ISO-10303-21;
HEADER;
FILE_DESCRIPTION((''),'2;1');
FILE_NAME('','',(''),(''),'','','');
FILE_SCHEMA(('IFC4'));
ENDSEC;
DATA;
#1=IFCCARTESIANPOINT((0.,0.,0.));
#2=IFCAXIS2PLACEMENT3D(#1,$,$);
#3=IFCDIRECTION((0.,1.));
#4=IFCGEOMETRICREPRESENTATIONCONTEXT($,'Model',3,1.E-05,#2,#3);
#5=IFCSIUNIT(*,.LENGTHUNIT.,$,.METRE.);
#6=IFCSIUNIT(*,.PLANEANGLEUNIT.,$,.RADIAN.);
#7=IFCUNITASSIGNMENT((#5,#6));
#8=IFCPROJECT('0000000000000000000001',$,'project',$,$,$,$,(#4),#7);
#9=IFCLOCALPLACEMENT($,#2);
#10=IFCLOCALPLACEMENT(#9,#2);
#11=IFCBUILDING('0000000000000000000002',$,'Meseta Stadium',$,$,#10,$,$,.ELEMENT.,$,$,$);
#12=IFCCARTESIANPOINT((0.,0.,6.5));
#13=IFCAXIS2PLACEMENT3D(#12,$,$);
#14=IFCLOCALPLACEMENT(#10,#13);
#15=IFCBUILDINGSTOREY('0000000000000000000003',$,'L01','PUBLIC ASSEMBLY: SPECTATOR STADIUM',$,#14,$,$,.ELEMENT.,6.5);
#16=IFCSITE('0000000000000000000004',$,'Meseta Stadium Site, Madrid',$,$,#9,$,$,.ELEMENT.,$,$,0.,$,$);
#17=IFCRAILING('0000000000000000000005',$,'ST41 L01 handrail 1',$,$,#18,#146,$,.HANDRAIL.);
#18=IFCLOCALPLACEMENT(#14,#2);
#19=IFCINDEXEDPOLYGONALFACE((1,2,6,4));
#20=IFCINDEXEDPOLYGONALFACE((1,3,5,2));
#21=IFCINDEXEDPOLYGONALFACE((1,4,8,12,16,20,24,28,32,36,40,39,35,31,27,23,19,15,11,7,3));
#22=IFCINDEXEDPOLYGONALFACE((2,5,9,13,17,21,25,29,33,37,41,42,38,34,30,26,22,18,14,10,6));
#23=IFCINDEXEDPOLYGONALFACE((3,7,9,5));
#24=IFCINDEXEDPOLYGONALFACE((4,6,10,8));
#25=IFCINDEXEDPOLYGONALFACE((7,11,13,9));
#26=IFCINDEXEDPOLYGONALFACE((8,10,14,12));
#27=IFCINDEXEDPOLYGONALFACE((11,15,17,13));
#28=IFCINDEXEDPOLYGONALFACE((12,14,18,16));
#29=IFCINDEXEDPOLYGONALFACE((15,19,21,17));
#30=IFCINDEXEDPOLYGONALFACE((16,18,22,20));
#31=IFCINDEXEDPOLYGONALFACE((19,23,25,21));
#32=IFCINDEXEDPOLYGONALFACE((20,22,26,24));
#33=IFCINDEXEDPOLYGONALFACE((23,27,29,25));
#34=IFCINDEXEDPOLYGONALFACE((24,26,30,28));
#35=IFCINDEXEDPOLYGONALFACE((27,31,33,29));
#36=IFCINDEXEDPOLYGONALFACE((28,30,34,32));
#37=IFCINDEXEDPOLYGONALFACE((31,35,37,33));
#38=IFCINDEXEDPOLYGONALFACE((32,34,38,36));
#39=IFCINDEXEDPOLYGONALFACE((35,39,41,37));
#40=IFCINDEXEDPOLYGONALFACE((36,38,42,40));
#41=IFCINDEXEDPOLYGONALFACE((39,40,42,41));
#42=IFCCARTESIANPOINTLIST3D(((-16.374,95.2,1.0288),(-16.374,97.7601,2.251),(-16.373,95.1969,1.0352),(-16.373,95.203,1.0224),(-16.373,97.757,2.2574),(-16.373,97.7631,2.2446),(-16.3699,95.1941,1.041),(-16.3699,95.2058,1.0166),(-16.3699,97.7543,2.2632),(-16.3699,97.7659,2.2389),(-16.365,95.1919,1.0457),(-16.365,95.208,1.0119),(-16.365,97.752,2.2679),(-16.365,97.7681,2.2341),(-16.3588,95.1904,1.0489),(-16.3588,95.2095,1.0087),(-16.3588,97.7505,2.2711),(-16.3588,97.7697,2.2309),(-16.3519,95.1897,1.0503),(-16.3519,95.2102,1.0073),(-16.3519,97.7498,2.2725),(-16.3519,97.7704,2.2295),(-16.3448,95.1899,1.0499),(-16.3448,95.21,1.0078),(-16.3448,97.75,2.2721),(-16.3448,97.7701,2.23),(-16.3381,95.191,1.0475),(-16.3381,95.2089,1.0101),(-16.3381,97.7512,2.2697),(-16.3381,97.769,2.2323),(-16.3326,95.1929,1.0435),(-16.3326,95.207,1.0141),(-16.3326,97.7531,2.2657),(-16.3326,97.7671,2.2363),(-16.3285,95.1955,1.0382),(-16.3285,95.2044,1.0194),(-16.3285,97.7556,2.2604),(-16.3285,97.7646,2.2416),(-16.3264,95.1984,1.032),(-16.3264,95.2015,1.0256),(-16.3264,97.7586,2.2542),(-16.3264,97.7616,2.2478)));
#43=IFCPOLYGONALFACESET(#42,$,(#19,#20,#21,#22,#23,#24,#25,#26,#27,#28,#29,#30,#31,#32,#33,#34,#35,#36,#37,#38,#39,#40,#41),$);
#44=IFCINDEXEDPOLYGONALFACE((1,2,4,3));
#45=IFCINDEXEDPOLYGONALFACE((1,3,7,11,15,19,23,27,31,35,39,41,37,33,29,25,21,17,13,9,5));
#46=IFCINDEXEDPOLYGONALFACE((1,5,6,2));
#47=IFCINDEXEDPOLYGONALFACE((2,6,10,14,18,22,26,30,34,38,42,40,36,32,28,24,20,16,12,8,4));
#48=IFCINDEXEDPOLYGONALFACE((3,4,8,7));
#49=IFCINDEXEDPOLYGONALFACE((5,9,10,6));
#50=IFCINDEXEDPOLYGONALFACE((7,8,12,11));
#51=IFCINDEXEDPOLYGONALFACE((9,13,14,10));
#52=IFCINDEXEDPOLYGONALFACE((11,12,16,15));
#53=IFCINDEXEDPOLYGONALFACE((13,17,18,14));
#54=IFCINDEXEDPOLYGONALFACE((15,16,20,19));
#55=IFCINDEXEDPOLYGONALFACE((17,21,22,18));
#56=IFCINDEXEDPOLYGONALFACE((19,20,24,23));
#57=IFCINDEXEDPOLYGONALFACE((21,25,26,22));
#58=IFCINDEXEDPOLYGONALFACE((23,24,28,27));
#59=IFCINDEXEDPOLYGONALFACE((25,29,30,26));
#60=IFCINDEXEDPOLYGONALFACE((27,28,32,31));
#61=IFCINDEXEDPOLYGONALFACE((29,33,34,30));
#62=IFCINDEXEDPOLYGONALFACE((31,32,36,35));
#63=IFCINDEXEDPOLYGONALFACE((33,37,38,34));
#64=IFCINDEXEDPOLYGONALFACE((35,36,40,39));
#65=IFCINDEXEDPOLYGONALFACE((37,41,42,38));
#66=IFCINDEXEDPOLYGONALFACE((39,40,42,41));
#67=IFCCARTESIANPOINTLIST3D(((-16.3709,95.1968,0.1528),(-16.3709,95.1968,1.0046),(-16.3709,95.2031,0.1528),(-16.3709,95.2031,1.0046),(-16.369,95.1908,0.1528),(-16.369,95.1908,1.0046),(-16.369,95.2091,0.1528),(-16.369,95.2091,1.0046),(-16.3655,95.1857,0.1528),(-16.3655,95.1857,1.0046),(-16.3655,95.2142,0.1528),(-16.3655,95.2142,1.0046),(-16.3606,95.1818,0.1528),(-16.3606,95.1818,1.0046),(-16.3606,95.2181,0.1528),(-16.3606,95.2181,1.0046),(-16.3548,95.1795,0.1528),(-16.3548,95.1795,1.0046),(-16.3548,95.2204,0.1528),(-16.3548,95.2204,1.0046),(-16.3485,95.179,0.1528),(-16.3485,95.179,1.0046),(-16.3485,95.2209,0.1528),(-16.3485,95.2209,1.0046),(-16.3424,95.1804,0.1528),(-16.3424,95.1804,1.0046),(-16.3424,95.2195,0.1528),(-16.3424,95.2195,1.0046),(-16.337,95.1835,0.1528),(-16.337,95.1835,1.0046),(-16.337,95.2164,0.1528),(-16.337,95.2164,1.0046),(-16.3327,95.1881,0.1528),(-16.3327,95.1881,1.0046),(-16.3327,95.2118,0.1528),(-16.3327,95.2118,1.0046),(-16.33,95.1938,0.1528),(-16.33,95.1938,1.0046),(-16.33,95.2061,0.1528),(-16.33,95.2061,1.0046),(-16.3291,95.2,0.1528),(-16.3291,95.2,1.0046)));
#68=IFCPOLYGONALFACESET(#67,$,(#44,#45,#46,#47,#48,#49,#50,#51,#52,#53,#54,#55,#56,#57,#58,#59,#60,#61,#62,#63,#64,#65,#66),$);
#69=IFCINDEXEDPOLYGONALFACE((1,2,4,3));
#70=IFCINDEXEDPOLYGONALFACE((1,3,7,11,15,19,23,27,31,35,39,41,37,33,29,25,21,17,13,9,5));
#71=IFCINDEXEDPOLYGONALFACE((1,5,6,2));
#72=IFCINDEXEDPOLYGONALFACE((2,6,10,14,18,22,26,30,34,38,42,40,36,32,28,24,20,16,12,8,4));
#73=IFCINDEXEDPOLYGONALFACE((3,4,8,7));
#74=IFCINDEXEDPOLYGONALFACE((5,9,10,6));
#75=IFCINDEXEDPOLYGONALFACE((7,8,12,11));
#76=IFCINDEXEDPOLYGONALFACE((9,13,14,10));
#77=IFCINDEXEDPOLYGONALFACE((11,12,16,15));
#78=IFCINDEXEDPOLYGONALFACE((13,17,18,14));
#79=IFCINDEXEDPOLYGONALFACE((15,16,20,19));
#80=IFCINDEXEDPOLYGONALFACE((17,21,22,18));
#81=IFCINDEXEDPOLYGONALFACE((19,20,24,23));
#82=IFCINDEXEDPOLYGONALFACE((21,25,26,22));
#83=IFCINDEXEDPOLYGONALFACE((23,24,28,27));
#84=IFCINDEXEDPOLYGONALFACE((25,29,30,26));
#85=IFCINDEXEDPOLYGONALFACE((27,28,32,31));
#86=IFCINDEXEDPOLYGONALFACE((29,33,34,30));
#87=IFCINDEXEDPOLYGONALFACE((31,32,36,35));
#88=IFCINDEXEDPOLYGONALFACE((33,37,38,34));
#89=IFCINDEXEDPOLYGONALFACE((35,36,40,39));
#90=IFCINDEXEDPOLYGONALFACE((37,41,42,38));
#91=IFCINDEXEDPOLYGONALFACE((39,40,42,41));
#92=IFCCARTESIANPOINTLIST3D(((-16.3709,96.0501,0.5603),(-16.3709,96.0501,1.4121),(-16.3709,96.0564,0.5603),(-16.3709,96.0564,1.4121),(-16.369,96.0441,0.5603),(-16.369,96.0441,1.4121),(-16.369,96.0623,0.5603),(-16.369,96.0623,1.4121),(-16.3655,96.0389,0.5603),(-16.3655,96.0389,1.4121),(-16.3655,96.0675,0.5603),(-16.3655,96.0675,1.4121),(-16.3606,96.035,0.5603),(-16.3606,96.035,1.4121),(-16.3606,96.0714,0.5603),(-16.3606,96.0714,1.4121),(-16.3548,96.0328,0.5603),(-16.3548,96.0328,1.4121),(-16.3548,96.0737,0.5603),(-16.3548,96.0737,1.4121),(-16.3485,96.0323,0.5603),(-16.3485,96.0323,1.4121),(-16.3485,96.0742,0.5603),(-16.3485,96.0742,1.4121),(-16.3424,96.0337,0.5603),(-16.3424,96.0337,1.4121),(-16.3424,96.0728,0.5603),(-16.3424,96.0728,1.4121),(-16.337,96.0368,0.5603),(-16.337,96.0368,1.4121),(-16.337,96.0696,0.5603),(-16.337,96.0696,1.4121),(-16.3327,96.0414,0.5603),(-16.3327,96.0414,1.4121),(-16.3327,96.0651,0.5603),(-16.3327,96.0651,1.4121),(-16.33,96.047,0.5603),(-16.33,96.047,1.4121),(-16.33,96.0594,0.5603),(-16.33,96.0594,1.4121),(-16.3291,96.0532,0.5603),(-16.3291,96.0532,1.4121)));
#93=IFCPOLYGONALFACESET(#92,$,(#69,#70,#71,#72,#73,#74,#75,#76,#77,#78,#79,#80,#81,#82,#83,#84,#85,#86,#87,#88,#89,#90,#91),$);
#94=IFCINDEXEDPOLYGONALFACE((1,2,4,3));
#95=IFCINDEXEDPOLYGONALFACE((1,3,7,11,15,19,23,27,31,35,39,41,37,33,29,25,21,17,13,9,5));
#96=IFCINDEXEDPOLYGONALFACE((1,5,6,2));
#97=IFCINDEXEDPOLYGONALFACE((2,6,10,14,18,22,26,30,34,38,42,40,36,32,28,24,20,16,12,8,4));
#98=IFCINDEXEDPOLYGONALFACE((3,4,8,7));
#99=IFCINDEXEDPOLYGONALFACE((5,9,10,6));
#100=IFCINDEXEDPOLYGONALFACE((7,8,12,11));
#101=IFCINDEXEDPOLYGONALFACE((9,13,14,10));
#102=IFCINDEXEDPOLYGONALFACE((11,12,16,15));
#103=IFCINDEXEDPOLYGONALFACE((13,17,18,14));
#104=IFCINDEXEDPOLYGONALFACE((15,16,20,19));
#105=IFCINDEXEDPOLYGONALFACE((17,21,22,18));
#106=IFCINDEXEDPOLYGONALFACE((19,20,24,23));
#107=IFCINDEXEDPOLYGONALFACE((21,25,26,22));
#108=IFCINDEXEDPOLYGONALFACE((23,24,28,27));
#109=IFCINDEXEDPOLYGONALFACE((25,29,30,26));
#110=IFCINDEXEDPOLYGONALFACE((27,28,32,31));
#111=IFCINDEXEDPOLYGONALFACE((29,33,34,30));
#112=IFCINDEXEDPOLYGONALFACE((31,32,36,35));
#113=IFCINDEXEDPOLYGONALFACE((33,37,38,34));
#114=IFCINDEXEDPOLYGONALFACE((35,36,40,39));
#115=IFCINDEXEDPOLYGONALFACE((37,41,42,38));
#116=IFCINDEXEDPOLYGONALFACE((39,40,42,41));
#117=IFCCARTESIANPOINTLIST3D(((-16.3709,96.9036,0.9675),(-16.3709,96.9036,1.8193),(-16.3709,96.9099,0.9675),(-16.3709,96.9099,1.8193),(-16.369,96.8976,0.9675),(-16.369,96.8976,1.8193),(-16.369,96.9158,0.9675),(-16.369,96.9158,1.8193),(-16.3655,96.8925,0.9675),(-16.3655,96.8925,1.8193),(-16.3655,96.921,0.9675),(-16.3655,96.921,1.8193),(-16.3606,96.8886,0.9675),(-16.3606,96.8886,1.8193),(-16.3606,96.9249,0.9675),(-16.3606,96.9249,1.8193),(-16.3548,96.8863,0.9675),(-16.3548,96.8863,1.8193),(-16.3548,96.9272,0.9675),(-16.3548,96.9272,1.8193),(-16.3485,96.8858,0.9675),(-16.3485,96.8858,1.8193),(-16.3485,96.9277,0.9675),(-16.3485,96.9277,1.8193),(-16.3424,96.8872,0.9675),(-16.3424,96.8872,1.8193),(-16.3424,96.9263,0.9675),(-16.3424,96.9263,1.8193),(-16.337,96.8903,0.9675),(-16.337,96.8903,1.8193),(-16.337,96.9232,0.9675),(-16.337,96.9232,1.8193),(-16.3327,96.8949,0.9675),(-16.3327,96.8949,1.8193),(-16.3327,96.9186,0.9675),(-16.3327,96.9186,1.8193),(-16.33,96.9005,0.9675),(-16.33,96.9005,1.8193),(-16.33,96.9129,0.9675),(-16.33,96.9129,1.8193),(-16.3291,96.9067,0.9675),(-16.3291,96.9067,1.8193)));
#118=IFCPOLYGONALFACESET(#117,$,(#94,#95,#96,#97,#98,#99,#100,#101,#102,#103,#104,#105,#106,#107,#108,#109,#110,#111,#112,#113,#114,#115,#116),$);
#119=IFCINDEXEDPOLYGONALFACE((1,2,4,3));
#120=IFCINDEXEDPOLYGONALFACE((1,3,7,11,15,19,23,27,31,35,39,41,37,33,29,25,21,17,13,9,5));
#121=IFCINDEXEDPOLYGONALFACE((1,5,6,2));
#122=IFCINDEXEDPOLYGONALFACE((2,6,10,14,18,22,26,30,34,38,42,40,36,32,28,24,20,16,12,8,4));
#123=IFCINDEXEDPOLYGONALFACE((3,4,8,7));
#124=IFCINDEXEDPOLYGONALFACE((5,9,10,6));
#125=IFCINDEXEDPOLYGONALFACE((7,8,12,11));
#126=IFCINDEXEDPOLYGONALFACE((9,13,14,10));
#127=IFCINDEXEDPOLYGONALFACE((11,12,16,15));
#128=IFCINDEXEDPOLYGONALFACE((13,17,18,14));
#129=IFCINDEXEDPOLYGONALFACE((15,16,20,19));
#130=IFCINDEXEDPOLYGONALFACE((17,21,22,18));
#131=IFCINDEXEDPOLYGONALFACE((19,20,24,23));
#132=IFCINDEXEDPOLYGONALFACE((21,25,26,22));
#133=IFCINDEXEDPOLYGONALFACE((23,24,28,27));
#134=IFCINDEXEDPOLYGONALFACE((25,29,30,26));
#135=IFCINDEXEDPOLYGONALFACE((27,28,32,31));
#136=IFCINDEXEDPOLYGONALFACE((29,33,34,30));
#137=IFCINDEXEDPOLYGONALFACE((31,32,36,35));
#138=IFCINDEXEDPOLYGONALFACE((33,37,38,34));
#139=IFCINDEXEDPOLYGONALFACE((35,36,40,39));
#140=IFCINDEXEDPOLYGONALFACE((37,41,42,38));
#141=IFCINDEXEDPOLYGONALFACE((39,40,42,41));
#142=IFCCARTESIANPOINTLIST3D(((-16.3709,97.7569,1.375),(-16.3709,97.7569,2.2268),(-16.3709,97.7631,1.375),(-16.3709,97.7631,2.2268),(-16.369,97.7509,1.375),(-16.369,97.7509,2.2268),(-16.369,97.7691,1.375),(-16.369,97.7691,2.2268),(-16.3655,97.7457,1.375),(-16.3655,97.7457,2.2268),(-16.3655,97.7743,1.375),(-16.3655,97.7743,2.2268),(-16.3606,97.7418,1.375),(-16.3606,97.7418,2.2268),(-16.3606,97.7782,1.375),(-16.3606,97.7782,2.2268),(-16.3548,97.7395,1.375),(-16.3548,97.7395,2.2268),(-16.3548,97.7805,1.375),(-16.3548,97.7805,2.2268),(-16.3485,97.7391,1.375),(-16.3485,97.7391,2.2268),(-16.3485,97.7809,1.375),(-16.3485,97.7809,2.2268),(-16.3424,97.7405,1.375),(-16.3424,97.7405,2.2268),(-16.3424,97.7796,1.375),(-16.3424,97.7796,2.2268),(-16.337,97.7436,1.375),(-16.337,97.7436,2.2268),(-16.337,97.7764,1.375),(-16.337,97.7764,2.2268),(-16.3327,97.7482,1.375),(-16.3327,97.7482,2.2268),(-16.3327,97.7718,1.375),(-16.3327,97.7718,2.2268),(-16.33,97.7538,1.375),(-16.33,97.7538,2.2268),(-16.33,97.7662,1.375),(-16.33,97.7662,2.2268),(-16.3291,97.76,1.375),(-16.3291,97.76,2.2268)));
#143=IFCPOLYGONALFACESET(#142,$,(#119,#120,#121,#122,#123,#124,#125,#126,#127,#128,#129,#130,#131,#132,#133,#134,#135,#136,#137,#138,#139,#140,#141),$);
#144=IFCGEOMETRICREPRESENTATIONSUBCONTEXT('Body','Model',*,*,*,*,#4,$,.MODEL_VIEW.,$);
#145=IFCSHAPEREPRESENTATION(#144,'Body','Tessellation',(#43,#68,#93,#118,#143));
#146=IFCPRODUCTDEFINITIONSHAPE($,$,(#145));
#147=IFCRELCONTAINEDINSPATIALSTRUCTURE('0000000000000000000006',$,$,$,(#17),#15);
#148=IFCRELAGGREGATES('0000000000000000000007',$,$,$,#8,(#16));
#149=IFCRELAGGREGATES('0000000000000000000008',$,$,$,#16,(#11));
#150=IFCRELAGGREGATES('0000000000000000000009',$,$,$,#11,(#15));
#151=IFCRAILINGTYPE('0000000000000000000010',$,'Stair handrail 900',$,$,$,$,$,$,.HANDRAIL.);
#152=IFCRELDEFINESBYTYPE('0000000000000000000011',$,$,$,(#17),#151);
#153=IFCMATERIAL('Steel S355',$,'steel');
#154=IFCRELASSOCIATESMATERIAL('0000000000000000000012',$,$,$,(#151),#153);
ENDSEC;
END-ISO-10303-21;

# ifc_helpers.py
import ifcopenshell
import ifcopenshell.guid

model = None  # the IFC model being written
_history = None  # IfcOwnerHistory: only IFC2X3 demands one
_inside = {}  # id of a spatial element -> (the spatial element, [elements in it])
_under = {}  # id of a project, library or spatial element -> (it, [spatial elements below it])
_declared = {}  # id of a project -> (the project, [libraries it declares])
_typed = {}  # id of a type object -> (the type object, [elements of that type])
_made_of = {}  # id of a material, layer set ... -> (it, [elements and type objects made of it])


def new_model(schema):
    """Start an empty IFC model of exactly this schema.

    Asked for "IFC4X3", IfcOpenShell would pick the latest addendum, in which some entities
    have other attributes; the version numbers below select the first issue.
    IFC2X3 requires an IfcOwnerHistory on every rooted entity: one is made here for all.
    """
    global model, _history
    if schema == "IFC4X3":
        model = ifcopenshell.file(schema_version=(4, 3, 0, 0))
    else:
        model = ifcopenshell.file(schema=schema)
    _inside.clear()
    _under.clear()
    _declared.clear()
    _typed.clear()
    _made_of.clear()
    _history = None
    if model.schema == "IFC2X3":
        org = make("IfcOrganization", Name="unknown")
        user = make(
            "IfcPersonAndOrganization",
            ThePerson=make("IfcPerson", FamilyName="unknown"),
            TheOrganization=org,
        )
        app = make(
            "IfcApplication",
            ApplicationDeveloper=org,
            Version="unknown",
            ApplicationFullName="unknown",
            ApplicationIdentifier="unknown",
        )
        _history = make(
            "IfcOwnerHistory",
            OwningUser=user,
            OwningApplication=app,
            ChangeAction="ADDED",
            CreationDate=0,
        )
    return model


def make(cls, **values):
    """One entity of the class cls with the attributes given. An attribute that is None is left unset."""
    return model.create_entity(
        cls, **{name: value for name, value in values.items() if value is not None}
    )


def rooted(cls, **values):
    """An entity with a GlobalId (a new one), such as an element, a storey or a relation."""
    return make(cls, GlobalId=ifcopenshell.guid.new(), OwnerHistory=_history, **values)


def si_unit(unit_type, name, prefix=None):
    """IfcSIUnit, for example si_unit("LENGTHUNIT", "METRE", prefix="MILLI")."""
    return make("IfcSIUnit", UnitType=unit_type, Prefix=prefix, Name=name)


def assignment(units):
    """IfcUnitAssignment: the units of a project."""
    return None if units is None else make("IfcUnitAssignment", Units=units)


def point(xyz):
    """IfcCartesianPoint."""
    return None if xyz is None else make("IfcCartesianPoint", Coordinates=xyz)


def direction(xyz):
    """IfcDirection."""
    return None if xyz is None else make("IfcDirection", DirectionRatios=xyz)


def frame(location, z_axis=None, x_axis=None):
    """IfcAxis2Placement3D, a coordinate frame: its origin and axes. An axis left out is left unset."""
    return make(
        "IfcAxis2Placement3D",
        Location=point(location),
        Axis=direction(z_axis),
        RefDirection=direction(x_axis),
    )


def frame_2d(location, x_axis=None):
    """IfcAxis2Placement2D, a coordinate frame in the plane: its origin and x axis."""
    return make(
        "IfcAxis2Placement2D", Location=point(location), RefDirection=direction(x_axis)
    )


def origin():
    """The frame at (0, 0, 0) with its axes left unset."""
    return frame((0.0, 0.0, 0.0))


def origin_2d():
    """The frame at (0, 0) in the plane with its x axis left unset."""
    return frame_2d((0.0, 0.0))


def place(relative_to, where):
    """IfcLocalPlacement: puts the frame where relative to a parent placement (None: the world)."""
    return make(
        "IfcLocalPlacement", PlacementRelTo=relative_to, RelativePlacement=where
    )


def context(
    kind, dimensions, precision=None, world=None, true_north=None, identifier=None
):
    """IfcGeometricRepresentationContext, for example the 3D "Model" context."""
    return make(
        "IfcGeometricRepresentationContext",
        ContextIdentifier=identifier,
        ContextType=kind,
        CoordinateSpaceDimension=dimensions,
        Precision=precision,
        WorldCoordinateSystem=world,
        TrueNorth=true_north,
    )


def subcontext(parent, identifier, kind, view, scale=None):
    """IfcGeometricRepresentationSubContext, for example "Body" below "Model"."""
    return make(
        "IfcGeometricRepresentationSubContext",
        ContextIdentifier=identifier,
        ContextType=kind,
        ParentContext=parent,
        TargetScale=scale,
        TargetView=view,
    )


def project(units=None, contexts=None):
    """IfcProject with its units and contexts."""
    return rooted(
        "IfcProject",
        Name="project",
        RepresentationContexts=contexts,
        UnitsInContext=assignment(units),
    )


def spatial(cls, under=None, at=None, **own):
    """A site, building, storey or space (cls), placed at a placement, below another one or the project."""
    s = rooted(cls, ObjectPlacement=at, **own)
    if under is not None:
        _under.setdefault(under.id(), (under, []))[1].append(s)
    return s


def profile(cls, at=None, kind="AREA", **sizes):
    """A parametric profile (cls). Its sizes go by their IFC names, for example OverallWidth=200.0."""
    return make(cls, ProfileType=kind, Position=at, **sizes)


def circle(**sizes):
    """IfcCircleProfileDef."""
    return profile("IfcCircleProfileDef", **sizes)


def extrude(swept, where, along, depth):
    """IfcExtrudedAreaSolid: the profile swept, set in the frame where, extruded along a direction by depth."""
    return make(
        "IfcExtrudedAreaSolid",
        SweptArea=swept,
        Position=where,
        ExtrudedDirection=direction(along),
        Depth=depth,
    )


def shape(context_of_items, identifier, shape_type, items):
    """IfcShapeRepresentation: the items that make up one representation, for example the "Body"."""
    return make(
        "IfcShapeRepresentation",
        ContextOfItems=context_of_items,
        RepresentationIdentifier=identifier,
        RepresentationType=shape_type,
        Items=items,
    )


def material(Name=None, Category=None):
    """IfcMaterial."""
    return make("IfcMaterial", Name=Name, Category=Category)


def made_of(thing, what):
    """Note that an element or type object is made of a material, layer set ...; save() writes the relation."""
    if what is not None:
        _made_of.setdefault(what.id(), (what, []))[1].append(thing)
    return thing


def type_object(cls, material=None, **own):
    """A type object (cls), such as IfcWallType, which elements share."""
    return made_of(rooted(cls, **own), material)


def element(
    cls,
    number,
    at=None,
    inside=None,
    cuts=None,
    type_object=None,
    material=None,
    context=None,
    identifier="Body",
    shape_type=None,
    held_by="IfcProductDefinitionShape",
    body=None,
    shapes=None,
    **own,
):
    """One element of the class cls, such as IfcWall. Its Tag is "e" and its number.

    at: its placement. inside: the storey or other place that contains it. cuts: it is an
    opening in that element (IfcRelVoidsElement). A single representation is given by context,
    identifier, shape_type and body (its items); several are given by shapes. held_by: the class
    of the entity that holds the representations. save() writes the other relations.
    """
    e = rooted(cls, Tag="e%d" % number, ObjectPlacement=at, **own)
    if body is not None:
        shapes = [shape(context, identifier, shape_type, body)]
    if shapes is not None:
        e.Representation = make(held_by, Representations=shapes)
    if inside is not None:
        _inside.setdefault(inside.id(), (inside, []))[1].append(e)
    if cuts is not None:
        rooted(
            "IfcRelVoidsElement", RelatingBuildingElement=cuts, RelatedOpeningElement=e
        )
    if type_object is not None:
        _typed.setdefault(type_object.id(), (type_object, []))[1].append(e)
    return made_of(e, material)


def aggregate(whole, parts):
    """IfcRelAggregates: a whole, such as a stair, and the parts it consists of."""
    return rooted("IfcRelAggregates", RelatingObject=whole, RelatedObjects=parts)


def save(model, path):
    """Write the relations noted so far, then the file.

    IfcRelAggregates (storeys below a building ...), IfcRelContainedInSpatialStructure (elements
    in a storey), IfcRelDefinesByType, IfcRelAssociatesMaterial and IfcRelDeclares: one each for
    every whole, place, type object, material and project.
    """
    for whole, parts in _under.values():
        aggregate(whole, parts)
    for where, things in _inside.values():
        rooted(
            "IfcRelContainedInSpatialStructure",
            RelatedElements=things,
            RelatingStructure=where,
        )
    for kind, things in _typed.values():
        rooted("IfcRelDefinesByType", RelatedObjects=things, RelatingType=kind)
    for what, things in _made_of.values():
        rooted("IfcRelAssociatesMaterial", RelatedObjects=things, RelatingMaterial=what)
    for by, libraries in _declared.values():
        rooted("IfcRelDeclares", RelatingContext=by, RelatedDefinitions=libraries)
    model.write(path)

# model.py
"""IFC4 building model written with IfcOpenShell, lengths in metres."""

from ifc_helpers import new_model, si_unit, direction, frame, origin, origin_2d, place, context, subcontext, project, spatial, circle, extrude, material, type_object, element, save


model = new_model("IFC4")

# Units and contexts
model_context = context("Model", 3, precision=1e-05, world=origin(), true_north=direction((0.0, 1.0)))
body_context = subcontext(model_context, "Body", "Model", "MODEL_VIEW")
ifc_project = project(units=[si_unit("LENGTHUNIT", "METRE"), si_unit("PLANEANGLEUNIT", "RADIAN")], contexts=[model_context])

# Site, building, storey
site_placement = place(None, origin())
site = spatial("IfcSite", under=ifc_project, at=site_placement, Name="Meseta Stadium Site, Madrid", CompositionType="ELEMENT", RefElevation=0.0)
building_placement = place(site_placement, origin())
building = spatial("IfcBuilding", under=site, at=building_placement, Name="Meseta Stadium", CompositionType="ELEMENT")
storey_placement = place(building_placement, frame((0.0, 0.0, 6.5)))
storey = spatial("IfcBuildingStorey", under=building, at=storey_placement, Name="L01", Description="PUBLIC ASSEMBLY: SPECTATOR STADIUM", CompositionType="ELEMENT", Elevation=6.5)

# Railing
ifc_material_1 = material(Name="Steel S355", Category="steel")
railing_type_1 = type_object("IfcRailingType", Name="Stair handrail 900", PredefinedType="HANDRAIL", material=ifc_material_1)
for number, where, name in (
    (1, (-16.3501, 95.2, 0.1528), "ST41 L01 handrail 1"),
):
    element("IfcRailing", number, at=place(storey_placement, frame(where)), inside=storey, type_object=railing_type_1, Name=name, PredefinedType="HANDRAIL", context=body_context, shape_type="SweptSolid", body=[
        extrude(circle(Radius=0.0239, at=origin_2d()), frame((0.0, 0.0, 0.876), z_axis=(0.0, 0.902437, 0.430822), x_axis=(-1.0, 0.0, 0.0)), (0.0, 0.0, 1.0), 2.8369),
        extrude(circle(Radius=0.021, at=origin_2d()), origin(), (0.0, 0.0, 1.0), 0.8518),
        extrude(circle(Radius=0.021, at=origin_2d()), frame((0.0, 0.8533, 0.4075)), (0.0, 0.0, 1.0), 0.8518),
        extrude(circle(Radius=0.021, at=origin_2d()), frame((0.0, 1.7068, 0.8147)), (0.0, 0.0, 1.0), 0.8518),
        extrude(circle(Radius=0.021, at=origin_2d()), frame((0.0, 2.5601, 1.2222)), (0.0, 0.0, 1.0), 0.8518),
    ])

save(model, "model.ifc")
